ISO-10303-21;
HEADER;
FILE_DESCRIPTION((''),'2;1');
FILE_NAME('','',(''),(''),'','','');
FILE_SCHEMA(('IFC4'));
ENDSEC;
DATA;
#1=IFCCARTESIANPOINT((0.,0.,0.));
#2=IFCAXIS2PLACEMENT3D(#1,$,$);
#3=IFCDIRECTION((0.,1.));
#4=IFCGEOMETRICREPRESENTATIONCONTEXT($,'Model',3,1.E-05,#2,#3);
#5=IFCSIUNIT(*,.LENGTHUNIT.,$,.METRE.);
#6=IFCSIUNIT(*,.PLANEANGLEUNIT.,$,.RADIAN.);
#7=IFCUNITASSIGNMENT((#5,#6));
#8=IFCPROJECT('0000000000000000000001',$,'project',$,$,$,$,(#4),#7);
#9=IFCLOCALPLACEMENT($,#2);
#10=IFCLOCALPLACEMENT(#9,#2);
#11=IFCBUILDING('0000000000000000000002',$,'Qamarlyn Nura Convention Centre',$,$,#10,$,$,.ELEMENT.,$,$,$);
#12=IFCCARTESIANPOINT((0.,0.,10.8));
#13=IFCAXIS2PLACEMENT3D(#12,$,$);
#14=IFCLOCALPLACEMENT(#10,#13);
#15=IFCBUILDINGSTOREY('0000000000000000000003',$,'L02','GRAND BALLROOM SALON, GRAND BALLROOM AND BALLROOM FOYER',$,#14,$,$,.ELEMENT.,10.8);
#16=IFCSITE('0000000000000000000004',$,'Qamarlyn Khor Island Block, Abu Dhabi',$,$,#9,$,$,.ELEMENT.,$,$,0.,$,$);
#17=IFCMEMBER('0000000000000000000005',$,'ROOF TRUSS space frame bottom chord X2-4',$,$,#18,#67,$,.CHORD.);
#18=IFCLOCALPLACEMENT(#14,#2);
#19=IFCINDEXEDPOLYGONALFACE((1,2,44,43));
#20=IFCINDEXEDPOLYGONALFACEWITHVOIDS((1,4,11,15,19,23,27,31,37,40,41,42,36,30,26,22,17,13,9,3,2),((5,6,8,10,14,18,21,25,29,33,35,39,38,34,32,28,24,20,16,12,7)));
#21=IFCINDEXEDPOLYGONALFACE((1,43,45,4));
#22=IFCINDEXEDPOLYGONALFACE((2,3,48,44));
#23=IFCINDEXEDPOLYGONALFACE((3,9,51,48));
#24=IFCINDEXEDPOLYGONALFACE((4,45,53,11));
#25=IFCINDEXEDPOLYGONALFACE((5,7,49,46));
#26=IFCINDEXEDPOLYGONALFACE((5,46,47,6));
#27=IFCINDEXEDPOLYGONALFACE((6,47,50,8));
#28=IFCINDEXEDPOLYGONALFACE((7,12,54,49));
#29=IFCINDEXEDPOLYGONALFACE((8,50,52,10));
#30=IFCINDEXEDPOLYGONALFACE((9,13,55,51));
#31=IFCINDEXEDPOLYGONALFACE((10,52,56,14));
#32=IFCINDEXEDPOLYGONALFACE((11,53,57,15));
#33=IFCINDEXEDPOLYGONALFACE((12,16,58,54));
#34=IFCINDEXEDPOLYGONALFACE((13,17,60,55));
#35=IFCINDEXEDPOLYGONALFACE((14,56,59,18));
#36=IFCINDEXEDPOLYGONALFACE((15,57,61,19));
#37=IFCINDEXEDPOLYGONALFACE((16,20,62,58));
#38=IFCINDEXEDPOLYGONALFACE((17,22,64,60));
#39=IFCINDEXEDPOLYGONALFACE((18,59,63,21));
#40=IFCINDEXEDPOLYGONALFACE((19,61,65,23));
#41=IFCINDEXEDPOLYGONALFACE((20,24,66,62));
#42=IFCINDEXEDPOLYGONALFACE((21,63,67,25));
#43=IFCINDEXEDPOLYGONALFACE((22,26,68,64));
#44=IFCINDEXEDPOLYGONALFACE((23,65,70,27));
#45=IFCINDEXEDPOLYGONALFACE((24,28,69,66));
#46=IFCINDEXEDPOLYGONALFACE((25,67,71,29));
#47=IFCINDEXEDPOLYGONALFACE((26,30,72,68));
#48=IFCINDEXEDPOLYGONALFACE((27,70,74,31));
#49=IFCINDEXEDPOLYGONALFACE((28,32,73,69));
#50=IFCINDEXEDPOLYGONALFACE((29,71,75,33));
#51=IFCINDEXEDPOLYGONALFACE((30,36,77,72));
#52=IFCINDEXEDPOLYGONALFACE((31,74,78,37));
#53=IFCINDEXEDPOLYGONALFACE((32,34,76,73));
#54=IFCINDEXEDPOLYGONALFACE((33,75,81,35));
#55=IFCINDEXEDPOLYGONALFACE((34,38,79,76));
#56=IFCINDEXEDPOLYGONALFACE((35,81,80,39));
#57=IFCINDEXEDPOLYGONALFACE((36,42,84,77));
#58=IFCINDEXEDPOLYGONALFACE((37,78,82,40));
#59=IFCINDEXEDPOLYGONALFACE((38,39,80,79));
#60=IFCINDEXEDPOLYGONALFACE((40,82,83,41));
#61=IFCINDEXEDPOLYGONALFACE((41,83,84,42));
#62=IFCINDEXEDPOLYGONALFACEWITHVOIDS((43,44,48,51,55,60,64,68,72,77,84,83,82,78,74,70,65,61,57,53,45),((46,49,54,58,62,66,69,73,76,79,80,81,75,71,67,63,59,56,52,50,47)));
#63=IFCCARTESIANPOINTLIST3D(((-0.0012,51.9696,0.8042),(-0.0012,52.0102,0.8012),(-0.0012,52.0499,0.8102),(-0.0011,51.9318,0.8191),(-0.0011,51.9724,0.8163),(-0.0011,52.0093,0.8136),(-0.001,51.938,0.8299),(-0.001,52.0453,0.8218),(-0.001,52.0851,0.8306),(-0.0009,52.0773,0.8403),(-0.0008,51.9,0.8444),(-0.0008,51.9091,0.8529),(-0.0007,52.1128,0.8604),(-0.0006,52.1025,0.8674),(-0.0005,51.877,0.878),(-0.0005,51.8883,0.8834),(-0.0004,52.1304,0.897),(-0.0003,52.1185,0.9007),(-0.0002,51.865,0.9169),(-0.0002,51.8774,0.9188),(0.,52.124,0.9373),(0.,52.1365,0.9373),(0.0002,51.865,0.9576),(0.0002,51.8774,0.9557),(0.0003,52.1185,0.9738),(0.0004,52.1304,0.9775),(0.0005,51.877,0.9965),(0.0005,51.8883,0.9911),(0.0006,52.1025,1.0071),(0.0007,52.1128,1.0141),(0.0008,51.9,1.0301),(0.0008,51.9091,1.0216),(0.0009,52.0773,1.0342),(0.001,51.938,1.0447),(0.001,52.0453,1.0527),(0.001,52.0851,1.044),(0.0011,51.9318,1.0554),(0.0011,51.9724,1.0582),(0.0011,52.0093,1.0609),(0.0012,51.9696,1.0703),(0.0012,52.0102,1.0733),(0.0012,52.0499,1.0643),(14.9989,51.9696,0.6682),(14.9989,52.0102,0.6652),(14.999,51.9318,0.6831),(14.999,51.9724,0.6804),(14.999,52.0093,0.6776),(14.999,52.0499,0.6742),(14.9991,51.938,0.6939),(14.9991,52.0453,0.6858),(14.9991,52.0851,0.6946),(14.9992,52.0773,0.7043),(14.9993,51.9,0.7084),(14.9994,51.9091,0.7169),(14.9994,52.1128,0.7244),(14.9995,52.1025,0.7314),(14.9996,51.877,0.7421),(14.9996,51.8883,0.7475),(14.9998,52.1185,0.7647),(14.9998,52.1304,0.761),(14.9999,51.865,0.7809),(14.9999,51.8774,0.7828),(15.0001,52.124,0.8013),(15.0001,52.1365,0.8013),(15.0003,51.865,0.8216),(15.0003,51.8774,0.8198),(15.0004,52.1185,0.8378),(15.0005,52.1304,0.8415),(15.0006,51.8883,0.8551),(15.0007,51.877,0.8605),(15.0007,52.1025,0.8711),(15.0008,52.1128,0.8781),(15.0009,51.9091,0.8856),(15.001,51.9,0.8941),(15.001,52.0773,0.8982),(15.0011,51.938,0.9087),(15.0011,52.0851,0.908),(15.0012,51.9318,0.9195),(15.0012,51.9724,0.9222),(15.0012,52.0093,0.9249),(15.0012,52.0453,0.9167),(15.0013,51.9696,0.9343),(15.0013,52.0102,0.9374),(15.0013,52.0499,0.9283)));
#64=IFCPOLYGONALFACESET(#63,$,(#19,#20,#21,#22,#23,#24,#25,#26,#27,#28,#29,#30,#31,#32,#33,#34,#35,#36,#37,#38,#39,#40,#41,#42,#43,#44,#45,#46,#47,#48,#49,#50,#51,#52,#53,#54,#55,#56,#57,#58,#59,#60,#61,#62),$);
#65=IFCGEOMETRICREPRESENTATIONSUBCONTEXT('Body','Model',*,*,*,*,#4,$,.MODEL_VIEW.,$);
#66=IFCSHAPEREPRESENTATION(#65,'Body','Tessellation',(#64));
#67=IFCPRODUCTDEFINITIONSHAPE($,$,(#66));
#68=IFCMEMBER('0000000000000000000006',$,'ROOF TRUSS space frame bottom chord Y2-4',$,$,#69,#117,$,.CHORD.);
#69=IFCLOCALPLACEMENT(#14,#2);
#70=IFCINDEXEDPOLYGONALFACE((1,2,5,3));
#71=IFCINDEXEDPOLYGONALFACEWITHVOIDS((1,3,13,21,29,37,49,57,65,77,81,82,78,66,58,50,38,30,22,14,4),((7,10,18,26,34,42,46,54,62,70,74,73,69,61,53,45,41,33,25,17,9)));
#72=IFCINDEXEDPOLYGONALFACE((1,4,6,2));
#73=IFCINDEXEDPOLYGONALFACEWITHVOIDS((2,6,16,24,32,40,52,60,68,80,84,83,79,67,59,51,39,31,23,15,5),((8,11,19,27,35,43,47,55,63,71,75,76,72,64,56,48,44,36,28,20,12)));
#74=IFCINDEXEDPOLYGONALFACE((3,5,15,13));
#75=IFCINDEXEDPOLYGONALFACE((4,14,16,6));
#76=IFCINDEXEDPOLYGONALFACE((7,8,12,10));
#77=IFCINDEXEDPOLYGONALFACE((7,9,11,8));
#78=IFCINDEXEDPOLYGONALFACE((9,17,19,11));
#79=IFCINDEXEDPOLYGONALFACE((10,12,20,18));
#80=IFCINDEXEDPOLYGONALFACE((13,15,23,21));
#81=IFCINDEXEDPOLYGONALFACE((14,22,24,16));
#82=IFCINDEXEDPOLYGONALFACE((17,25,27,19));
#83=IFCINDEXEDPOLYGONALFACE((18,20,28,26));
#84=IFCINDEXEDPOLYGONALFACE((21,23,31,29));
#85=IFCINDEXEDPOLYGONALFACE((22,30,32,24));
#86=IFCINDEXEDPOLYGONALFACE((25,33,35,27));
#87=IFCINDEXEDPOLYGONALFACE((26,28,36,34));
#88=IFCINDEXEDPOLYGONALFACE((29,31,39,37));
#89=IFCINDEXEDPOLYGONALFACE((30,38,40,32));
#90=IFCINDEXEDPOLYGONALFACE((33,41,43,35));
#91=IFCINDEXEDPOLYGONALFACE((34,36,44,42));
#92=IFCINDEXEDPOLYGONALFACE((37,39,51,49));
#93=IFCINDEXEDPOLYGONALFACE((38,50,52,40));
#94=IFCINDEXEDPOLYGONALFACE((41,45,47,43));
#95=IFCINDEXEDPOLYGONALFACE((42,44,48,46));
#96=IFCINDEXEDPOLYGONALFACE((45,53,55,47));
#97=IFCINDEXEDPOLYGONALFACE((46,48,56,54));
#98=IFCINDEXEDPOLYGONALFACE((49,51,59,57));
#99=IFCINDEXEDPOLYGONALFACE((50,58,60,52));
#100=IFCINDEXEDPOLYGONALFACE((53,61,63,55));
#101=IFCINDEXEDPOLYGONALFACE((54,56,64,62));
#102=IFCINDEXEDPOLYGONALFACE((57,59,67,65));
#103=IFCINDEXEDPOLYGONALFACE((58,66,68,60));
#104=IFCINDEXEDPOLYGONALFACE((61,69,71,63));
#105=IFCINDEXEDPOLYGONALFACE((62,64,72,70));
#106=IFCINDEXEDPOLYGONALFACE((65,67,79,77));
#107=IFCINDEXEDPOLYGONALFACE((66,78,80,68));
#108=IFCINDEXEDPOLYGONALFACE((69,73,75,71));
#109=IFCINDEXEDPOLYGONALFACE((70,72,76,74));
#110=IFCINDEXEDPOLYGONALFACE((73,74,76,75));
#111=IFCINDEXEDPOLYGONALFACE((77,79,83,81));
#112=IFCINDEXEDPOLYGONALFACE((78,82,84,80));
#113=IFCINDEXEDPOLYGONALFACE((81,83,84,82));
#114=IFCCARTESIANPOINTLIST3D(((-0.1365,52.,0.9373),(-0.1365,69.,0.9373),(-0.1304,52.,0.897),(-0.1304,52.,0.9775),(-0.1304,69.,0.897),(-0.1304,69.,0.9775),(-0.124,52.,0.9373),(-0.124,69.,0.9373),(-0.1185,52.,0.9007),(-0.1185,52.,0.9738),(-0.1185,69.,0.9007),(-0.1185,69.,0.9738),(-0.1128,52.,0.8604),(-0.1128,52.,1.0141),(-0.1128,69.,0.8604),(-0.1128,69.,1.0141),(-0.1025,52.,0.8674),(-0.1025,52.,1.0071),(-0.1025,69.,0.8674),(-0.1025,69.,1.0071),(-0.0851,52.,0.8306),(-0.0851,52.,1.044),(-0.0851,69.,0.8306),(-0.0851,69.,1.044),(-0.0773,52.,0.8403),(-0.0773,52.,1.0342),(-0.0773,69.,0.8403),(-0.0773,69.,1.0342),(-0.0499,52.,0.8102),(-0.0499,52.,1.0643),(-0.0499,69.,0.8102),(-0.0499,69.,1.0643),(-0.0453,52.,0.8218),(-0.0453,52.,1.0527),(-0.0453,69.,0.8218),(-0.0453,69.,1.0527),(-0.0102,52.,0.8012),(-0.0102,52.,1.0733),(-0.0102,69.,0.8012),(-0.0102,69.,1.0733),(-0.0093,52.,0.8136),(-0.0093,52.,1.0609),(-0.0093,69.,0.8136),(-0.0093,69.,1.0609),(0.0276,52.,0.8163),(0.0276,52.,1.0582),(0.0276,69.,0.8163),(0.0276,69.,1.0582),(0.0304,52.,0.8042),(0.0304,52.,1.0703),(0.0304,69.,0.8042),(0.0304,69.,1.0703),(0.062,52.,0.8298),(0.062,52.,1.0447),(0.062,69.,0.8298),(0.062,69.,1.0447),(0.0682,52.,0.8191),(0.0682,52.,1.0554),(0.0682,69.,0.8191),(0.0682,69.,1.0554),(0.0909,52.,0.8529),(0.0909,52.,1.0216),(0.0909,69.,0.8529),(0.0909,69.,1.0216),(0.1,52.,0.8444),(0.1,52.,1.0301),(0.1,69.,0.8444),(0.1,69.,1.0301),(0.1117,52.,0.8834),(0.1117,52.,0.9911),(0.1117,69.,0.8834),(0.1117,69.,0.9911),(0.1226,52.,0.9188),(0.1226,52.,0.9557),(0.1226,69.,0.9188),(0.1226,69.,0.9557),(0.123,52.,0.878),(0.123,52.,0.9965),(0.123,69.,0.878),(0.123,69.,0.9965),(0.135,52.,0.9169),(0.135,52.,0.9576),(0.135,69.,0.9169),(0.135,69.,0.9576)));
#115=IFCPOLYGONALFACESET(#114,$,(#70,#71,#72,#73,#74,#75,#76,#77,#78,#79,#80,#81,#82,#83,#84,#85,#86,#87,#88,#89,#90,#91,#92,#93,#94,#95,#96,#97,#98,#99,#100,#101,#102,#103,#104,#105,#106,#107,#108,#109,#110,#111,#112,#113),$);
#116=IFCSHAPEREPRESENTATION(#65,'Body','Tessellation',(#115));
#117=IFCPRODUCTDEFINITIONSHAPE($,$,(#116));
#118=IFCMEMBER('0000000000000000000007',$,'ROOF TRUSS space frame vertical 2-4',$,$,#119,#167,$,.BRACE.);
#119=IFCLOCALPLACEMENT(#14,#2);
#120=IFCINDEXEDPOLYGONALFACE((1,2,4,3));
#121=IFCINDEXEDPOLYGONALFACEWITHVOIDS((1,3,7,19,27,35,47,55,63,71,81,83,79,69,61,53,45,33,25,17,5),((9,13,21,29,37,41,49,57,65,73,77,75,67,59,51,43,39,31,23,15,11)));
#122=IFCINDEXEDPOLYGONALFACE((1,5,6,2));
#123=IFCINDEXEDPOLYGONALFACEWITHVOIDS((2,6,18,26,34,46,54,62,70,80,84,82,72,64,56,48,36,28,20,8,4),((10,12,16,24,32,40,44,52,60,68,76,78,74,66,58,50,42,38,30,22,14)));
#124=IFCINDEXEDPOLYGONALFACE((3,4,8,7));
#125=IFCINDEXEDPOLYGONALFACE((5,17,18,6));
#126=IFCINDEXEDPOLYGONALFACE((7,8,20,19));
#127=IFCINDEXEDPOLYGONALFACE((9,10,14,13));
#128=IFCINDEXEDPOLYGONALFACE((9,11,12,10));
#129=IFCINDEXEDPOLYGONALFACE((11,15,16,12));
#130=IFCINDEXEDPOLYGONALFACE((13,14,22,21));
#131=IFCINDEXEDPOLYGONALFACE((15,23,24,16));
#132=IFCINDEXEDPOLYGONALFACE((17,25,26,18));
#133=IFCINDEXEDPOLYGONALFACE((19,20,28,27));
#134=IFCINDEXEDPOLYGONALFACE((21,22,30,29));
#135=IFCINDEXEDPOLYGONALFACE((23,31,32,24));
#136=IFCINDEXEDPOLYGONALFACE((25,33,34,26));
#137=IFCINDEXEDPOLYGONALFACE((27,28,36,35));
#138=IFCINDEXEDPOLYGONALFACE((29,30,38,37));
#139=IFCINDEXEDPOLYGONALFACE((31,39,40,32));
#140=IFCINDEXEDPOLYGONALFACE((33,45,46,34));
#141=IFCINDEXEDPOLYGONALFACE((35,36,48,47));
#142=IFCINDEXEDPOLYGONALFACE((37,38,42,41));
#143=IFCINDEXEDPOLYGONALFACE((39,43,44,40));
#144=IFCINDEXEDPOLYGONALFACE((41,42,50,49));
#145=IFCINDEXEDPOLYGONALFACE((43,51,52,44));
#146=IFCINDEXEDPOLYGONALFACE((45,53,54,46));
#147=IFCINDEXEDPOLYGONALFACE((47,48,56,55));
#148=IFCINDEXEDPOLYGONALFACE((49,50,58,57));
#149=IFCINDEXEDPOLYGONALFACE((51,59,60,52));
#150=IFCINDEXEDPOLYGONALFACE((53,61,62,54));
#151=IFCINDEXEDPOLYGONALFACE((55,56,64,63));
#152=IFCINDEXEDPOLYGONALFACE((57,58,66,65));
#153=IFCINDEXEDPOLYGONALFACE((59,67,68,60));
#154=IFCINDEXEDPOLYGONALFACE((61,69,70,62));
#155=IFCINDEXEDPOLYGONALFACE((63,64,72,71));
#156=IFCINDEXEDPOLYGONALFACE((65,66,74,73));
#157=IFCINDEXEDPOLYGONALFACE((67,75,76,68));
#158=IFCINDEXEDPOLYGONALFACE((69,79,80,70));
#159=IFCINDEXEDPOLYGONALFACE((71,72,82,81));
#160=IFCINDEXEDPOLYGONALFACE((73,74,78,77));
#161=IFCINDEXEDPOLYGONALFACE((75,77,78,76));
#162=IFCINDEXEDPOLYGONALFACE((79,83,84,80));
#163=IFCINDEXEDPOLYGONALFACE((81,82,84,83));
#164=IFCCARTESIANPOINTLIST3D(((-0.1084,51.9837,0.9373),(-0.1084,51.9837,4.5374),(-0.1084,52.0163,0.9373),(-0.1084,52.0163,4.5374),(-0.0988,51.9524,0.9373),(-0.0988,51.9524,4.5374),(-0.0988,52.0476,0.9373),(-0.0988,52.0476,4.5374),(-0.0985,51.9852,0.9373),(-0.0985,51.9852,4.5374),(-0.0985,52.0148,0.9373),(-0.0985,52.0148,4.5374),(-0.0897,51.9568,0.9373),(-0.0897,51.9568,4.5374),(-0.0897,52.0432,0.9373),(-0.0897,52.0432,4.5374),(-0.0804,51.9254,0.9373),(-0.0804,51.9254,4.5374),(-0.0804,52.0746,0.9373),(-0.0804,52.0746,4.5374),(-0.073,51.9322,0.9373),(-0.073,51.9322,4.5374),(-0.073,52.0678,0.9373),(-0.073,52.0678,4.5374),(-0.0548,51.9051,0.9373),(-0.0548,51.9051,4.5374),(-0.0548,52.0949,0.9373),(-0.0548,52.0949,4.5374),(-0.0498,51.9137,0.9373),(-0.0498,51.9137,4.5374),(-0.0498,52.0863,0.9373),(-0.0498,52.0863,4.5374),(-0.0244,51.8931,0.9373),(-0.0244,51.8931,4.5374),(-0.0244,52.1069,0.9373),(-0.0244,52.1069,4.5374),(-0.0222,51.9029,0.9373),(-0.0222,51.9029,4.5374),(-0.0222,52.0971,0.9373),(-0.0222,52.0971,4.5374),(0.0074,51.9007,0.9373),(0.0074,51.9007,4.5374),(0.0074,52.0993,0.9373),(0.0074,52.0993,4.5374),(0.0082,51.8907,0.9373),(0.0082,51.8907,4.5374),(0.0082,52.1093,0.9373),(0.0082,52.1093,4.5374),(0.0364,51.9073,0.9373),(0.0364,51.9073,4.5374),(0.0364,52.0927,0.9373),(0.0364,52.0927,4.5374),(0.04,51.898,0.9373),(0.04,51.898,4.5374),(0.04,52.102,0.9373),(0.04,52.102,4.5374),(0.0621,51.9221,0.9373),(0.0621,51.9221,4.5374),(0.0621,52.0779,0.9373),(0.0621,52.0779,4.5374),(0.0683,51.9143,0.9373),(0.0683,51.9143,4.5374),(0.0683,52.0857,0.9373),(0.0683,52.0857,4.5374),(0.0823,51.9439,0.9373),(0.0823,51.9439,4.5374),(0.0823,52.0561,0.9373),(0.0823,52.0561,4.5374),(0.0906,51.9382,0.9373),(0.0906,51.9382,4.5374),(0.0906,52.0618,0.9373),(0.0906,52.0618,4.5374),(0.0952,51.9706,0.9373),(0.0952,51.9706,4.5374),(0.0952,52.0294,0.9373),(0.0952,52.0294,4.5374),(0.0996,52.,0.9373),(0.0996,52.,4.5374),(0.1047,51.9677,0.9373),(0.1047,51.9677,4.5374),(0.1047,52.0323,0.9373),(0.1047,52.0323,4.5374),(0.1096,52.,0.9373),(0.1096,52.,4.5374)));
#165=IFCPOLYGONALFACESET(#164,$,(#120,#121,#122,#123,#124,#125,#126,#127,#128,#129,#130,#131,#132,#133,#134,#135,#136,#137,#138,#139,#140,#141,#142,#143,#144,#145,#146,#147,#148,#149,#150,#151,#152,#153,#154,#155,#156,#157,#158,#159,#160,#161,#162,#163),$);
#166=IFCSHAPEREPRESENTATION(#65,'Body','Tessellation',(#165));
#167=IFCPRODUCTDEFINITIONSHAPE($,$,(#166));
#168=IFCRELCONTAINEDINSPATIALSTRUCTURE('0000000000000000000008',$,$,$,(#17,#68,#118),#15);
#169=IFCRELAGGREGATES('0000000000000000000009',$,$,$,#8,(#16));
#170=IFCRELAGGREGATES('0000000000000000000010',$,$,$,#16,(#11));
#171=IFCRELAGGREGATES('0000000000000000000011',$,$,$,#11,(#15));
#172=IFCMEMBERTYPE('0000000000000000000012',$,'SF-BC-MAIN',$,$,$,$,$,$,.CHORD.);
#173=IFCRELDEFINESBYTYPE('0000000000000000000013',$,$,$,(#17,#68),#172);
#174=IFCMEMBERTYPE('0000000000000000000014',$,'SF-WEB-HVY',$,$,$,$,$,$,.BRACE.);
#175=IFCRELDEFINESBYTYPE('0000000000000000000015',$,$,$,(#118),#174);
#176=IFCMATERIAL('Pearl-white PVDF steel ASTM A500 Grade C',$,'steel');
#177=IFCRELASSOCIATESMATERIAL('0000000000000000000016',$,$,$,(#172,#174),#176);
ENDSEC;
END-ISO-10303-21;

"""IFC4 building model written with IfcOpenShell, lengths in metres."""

from ifc_helpers import new_model, si_unit, direction, frame, origin, origin_2d, place, context, subcontext, project, spatial, hollow_circle, extrude, material, material_profile, profile_set, type_object, element, save


model = new_model("IFC4")

# Units and contexts
model_context = context("Model", 3, precision=1e-05, world=origin(), true_north=direction((0.0, 1.0)))
body_context = subcontext(model_context, "Body", "Model", "MODEL_VIEW")
ifc_project = project(units=[si_unit("LENGTHUNIT", "METRE"), si_unit("PLANEANGLEUNIT", "RADIAN")], contexts=[model_context])

# Site, building, storey
site_placement = place(None, origin())
site = spatial("IfcSite", under=ifc_project, at=site_placement, Name="Qamarlyn Khor Island Block, Abu Dhabi", CompositionType="ELEMENT", RefElevation=0.0)
building_placement = place(site_placement, origin())
building = spatial("IfcBuilding", under=site, at=building_placement, Name="Qamarlyn Nura Convention Centre", CompositionType="ELEMENT")
storey_placement = place(building_placement, frame((0.0, 0.0, 10.8)))
storey = spatial("IfcBuildingStorey", under=building, at=storey_placement, Name="L02", Description="GRAND BALLROOM SALON, GRAND BALLROOM AND BALLROOM FOYER", CompositionType="ELEMENT", Elevation=10.8)

# Shared definitions
ifc_material_1 = material(Name="Pearl-white PVDF steel ASTM A500 Grade C", Category="steel")

# Members
ifc_material_profile_1 = material_profile(ifc_material_1, hollow_circle(Radius=0.1365, WallThickness=0.0125, at=origin_2d()), Name="CHS273X12.5")
ifc_profile_set_1 = profile_set([ifc_material_profile_1], Name="Pearl-white PVDF steel ASTM A500 Grade C")
member_type_1 = type_object("IfcMemberType", Name="SF-BC-MAIN", PredefinedType="CHORD", material=ifc_profile_set_1)
member_1_placement = place(storey_placement, frame((0.0, 52.0, 0.9373), z_axis=(0.999959, 0.0, -0.009065), x_axis=(0.0, 1.0, 0.0)))
element("IfcMember", 1, at=member_1_placement, inside=storey, type_object=member_type_1, Name="ROOF TRUSS space frame bottom chord X2-4", PredefinedType="CHORD", context=body_context, shape_type="SweptSolid", body=[
    extrude(hollow_circle(Radius=0.1365, WallThickness=0.0125, at=origin_2d()), origin(), (0.0, 0.0, 1.0), 15.0007),
])
member_2_placement = place(storey_placement, frame((0.0, 52.0, 0.9373), z_axis=(0.0, 1.0, 0.0), x_axis=(-1.0, 0.0, 0.0)))
element("IfcMember", 2, at=member_2_placement, inside=storey, type_object=member_type_1, Name="ROOF TRUSS space frame bottom chord Y2-4", PredefinedType="CHORD", context=body_context, shape_type="SweptSolid", body=[
    extrude(hollow_circle(Radius=0.1365, WallThickness=0.0125, at=origin_2d()), origin(), (0.0, 0.0, 1.0), 17.0),
])
ifc_material_profile_2 = material_profile(ifc_material_1, hollow_circle(Radius=0.1096, WallThickness=0.01, at=origin_2d()), Name="CHS219.1X10")
ifc_profile_set_2 = profile_set([ifc_material_profile_2], Name="Pearl-white PVDF steel ASTM A500 Grade C")
member_type_2 = type_object("IfcMemberType", Name="SF-WEB-HVY", PredefinedType="BRACE", material=ifc_profile_set_2)
member_3_placement = place(storey_placement, frame((0.0, 52.0, 0.9373), z_axis=(0.0, 0.0, 1.0), x_axis=(1.0, 0.0, 0.0)))
element("IfcMember", 3, at=member_3_placement, inside=storey, type_object=member_type_2, Name="ROOF TRUSS space frame vertical 2-4", PredefinedType="BRACE", context=body_context, shape_type="SweptSolid", body=[
    extrude(hollow_circle(Radius=0.1096, WallThickness=0.01, at=origin_2d()), origin(), (0.0, 0.0, 1.0), 3.6001),
])

save(model, "model.ifc")
